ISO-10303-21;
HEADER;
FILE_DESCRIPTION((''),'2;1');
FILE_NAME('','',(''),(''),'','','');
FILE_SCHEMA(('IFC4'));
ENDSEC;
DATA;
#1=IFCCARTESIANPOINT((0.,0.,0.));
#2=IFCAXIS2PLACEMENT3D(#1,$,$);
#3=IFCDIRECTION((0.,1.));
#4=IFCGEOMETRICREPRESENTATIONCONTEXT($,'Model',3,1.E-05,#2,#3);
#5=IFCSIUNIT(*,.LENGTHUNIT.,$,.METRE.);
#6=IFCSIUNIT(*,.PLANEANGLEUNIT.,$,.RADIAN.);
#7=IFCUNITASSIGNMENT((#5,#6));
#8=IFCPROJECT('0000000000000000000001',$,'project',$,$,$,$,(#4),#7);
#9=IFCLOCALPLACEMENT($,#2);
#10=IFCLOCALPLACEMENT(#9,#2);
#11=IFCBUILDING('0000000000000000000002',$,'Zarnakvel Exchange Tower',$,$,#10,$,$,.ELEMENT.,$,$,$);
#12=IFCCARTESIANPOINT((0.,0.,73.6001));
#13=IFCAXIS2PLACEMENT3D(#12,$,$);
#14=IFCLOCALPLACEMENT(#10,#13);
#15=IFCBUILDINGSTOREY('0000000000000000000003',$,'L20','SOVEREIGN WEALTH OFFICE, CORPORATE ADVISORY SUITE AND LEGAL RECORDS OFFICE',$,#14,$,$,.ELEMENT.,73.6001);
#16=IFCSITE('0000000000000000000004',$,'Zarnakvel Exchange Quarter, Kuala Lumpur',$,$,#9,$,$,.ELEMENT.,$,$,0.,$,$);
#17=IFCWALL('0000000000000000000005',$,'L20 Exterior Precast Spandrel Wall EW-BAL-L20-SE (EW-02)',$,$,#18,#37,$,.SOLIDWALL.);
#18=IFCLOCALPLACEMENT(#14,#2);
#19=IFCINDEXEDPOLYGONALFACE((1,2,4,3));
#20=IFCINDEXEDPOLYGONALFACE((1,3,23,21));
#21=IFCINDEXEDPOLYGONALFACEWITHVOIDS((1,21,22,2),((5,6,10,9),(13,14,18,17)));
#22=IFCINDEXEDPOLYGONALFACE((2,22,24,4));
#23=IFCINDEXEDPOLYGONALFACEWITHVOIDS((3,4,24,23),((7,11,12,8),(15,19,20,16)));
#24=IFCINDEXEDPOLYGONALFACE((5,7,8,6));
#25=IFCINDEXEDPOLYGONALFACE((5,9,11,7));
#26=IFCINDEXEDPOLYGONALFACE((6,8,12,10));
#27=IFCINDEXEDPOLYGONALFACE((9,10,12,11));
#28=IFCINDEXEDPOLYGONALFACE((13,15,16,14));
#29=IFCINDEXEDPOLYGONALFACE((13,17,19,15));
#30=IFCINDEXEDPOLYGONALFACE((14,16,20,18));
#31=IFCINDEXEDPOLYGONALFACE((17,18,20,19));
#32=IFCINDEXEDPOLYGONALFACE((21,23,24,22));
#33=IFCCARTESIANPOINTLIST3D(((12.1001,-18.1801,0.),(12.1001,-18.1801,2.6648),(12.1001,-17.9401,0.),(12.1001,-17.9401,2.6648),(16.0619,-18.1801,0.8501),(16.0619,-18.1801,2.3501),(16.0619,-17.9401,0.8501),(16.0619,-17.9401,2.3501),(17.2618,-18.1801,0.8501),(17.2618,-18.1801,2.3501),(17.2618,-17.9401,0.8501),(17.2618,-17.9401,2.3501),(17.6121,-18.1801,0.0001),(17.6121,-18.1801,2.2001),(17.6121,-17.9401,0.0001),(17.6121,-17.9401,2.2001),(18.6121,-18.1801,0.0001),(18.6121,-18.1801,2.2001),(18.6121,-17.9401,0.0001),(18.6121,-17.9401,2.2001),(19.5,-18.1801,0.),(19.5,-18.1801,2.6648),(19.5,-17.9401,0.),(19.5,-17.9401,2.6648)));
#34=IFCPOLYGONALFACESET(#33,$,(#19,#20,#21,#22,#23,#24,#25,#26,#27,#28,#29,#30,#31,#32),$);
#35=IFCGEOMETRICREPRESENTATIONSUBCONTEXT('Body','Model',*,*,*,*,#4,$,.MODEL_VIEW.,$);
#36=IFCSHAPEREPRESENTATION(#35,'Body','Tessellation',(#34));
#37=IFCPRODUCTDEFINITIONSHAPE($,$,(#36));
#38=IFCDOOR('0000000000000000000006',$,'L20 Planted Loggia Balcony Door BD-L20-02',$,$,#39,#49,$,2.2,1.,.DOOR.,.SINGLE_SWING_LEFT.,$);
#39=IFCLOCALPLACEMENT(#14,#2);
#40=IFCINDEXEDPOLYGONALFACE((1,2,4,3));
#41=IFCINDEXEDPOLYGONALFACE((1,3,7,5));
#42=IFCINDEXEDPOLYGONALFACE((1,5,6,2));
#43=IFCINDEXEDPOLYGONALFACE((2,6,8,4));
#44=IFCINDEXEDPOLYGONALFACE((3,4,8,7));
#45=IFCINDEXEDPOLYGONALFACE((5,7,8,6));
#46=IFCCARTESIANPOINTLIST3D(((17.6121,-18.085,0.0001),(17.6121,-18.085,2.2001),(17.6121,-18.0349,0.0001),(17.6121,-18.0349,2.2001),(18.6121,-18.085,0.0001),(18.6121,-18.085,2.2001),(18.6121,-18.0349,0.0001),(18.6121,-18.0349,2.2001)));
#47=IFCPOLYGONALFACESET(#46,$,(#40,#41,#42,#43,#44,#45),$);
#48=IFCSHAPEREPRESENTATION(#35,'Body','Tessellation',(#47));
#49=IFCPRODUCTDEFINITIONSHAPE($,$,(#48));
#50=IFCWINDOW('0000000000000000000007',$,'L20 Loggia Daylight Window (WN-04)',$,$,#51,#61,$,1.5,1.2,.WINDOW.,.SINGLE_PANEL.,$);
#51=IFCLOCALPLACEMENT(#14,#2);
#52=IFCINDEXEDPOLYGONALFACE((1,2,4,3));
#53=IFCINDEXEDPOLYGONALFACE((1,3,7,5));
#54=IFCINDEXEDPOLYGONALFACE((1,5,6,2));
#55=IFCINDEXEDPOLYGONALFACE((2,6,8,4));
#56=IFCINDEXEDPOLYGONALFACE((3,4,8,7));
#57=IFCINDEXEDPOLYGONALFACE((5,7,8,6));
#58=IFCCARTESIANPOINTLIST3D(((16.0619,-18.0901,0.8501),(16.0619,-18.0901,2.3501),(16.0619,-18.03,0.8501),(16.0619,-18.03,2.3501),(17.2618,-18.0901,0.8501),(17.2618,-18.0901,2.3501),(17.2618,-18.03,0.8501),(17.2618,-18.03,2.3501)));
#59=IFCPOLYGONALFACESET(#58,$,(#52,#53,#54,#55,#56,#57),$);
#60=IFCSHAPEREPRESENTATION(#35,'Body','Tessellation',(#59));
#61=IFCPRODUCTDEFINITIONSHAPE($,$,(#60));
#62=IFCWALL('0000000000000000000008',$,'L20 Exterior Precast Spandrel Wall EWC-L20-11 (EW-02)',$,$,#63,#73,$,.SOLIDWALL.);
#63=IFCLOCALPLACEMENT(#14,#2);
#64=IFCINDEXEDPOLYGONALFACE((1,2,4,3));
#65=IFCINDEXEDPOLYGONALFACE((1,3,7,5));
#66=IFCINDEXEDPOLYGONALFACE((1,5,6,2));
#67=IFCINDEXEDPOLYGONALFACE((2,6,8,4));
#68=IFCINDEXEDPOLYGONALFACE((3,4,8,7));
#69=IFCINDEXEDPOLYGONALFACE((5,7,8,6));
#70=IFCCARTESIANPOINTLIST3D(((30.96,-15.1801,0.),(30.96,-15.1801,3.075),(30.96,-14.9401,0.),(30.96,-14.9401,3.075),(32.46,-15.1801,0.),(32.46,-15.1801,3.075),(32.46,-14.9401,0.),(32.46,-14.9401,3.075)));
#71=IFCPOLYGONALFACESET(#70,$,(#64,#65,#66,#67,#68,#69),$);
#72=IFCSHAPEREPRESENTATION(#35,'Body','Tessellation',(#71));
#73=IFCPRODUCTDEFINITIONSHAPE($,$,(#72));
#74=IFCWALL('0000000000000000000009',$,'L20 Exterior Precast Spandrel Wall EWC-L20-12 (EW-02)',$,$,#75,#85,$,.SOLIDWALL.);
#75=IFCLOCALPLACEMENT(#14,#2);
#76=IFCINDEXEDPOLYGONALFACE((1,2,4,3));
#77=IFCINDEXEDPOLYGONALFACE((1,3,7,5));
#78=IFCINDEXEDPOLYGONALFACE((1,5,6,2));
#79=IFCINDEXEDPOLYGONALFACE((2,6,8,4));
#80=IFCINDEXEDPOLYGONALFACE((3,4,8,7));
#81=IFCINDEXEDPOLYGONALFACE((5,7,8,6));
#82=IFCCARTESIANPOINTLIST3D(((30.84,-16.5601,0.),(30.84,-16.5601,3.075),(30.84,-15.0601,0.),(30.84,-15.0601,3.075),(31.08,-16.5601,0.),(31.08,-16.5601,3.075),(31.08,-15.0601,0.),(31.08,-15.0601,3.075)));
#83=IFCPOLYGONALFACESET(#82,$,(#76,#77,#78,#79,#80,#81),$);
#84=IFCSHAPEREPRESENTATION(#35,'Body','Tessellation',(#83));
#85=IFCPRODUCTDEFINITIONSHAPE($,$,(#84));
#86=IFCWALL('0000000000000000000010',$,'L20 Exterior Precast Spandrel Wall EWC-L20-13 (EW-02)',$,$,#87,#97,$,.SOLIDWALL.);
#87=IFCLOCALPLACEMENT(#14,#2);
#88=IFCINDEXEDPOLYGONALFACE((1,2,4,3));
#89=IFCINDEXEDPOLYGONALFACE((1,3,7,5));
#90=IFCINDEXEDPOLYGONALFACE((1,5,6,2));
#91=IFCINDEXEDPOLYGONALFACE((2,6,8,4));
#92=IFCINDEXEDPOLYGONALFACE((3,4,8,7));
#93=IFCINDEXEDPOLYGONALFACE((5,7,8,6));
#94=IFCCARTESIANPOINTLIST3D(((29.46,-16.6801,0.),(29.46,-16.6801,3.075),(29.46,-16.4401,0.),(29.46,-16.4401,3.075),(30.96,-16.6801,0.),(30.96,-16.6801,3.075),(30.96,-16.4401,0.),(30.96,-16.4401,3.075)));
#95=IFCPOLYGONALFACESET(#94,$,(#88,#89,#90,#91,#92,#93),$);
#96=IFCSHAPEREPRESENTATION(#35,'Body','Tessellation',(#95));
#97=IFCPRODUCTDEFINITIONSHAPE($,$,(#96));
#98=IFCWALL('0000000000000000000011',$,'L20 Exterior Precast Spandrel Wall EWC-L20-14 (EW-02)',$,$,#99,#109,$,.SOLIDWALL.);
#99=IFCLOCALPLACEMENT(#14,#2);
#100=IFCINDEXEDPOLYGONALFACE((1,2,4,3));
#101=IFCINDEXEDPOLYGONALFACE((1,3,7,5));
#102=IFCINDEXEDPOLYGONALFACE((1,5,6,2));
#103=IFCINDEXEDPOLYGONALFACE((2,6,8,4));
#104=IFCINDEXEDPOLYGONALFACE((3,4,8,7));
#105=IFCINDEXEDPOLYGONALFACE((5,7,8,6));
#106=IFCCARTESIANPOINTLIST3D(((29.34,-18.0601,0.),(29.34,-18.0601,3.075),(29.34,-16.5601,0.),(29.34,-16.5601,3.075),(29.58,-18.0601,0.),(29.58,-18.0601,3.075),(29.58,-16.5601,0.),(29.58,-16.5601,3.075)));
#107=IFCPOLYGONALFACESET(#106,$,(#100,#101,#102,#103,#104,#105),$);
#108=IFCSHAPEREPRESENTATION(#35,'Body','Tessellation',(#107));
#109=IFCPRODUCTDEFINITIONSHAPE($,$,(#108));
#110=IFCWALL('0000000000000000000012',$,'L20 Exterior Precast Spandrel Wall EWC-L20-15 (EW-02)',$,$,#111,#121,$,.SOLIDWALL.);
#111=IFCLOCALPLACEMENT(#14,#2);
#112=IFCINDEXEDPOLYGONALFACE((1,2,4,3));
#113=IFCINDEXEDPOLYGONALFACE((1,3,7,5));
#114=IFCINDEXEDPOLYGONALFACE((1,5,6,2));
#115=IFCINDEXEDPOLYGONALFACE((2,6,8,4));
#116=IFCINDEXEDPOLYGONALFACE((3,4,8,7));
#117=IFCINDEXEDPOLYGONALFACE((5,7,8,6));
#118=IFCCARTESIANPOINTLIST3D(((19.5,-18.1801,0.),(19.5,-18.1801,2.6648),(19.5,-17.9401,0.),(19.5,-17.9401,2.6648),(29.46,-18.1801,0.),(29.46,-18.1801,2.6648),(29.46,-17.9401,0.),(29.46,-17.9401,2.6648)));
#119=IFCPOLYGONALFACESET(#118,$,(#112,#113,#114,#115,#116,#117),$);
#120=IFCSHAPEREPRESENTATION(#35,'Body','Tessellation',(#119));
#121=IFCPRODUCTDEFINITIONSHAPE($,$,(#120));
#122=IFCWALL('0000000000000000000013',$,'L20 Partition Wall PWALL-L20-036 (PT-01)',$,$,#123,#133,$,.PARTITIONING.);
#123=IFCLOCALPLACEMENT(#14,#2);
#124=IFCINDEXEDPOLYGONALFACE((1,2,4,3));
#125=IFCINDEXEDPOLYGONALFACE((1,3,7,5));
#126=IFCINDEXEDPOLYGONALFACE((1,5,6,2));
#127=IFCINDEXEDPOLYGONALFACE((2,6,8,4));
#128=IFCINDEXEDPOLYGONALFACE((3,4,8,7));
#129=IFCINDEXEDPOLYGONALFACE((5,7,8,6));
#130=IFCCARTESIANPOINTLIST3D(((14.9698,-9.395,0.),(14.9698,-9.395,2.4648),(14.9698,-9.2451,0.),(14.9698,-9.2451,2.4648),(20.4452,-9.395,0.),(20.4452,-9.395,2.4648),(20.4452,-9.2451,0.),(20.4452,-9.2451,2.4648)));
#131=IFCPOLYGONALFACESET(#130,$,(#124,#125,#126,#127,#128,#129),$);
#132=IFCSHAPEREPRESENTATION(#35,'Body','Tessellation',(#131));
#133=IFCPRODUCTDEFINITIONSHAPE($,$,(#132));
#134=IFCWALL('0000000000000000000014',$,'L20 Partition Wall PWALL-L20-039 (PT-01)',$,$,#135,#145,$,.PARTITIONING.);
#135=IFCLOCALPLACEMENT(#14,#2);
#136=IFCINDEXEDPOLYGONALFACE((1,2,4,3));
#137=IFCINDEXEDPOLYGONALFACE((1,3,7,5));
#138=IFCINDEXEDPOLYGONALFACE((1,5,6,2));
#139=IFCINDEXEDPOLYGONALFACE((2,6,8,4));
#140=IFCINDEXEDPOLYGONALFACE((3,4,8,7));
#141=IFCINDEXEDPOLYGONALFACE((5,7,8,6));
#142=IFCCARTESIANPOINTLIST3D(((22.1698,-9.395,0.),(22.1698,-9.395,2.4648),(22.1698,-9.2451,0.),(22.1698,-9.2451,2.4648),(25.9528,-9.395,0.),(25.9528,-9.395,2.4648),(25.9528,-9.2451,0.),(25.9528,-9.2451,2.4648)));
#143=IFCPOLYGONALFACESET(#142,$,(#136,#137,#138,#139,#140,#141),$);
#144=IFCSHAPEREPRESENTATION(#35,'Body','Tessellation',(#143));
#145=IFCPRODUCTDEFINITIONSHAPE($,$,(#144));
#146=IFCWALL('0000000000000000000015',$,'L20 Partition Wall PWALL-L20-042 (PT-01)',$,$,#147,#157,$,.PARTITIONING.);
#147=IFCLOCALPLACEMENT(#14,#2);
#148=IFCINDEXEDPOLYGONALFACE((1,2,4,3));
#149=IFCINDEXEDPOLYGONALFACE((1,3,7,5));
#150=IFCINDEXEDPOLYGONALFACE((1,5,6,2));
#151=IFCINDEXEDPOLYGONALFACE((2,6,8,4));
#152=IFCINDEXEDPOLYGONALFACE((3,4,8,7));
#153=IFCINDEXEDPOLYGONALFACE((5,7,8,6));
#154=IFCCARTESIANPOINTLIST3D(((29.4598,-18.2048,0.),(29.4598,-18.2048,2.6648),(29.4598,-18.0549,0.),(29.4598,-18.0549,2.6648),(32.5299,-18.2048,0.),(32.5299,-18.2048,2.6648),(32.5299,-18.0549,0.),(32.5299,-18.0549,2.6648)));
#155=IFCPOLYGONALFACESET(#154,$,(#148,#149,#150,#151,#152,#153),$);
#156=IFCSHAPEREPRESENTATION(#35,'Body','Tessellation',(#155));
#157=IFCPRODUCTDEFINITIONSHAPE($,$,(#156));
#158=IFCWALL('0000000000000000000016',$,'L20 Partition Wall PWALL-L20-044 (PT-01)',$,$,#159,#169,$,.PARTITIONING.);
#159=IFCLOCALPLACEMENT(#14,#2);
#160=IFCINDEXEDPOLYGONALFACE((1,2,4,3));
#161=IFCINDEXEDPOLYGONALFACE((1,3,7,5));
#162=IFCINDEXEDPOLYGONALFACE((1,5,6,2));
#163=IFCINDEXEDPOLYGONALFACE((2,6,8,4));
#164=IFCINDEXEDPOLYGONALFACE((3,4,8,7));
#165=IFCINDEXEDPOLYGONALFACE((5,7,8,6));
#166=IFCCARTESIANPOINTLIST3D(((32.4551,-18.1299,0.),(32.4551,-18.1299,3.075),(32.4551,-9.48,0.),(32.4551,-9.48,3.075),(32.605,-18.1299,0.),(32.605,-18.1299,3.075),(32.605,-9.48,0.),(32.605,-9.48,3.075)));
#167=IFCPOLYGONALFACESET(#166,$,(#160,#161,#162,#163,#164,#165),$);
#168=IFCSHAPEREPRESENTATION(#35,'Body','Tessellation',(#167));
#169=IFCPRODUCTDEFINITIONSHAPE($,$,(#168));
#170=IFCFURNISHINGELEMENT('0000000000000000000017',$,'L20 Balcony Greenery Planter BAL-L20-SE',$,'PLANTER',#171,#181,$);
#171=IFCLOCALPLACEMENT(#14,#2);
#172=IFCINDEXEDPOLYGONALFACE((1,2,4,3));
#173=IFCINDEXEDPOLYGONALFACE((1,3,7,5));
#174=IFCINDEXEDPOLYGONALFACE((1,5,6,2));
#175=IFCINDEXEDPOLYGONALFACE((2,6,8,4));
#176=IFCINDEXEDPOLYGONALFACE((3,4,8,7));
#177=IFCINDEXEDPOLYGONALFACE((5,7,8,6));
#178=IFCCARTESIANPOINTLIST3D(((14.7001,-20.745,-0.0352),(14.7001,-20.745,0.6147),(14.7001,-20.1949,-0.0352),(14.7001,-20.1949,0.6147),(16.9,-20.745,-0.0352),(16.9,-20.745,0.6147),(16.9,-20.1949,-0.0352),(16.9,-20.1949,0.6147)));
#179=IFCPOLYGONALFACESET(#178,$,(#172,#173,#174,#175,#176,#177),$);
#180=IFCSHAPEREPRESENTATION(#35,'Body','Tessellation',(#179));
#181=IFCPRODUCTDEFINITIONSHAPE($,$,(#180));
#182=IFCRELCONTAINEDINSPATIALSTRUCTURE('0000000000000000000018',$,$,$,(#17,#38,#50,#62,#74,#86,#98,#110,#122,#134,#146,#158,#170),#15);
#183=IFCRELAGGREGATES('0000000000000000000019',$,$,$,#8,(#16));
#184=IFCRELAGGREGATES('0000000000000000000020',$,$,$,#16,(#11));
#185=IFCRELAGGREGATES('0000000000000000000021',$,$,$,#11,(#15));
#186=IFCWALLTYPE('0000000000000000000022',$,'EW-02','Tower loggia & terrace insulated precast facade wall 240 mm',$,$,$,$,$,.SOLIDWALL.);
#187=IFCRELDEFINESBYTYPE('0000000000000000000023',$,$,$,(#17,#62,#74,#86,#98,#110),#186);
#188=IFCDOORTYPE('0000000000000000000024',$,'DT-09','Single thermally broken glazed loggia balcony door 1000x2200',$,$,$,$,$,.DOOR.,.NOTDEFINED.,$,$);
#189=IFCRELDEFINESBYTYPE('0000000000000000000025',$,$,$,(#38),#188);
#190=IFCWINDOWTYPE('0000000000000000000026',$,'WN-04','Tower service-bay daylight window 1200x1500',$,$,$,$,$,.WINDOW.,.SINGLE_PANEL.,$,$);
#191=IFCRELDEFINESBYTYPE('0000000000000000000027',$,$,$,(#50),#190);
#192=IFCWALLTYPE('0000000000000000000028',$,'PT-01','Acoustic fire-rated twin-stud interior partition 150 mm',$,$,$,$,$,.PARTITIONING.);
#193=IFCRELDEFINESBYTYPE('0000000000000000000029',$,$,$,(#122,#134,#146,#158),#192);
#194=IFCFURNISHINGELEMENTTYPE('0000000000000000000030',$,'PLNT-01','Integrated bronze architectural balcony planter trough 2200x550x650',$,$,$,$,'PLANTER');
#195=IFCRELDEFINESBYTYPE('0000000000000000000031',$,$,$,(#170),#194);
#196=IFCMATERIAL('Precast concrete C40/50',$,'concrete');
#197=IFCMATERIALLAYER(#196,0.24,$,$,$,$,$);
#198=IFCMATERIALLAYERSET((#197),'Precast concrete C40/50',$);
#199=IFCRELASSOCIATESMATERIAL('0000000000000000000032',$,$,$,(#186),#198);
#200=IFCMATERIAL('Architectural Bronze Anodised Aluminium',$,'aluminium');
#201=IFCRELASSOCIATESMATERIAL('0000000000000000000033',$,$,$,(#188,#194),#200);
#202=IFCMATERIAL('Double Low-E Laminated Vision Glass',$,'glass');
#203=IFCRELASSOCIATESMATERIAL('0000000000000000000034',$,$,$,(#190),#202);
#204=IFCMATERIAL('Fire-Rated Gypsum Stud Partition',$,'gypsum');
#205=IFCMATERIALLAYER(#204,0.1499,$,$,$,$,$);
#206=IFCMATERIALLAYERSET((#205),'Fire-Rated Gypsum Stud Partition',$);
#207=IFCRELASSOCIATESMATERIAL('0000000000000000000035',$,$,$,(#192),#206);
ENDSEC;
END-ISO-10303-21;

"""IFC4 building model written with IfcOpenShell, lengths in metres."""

from ifc_helpers import new_model, si_unit, direction, frame, frame_2d, origin, origin_2d, place, context, subcontext, project, spatial, rectangle, extrude, source, transform, mapped, material, layer, layer_set, type_object, element, fill, save


model = new_model("IFC4")

# Units and contexts
model_context = context("Model", 3, precision=1e-05, world=origin(), true_north=direction((0.0, 1.0)))
body_context = subcontext(model_context, "Body", "Model", "MODEL_VIEW")
ifc_project = project(units=[si_unit("LENGTHUNIT", "METRE"), si_unit("PLANEANGLEUNIT", "RADIAN")], contexts=[model_context])

# Site, building, storey
site_placement = place(None, origin())
site = spatial("IfcSite", under=ifc_project, at=site_placement, Name="Zarnakvel Exchange Quarter, Kuala Lumpur", CompositionType="ELEMENT", RefElevation=0.0)
building_placement = place(site_placement, origin())
building = spatial("IfcBuilding", under=site, at=building_placement, Name="Zarnakvel Exchange Tower", CompositionType="ELEMENT")
storey_placement = place(building_placement, frame((0.0, 0.0, 73.6001)))
storey = spatial("IfcBuildingStorey", under=building, at=storey_placement, Name="L20", Description="SOVEREIGN WEALTH OFFICE, CORPORATE ADVISORY SUITE AND LEGAL RECORDS OFFICE", CompositionType="ELEMENT", Elevation=73.6001)

# Shared definitions
ifc_material_1 = material(Name="Architectural Bronze Anodised Aluminium", Category="aluminium")
ifc_material_2 = material(Name="Double Low-E Laminated Vision Glass", Category="glass")

# Wall, openings, door, window
ifc_material_3 = material(Name="Precast concrete C40/50", Category="concrete")
ifc_layer_1 = layer(ifc_material_3, 0.24)
ifc_layer_set_1 = layer_set([ifc_layer_1], Name="Precast concrete C40/50")
wall_type_1 = type_object("IfcWallType", Name="EW-02", Description="Tower loggia & terrace insulated precast facade wall 240 mm", PredefinedType="SOLIDWALL", material=ifc_layer_set_1)
wall_1_placement = place(storey_placement, frame((19.5, -18.0601, 0.0), z_axis=(0.0, 0.0, 1.0), x_axis=(-1.0, 0.0, 0.0)))
wall_1 = element("IfcWall", 1, at=wall_1_placement, inside=storey, type_object=wall_type_1, Name="L20 Exterior Precast Spandrel Wall EW-BAL-L20-SE (EW-02)", PredefinedType="SOLIDWALL", context=body_context, shape_type="SweptSolid", body=[
    extrude(rectangle(XDim=7.3999, YDim=0.24, at=frame_2d((3.7, 0.0))), origin(), (0.0, 0.0, 1.0), 2.6648),
])
opening_1_placement = place(wall_1_placement, frame((0.8879, 0.0, 0.0)))
opening_1 = element("IfcOpeningElement", 2, at=opening_1_placement, cuts=wall_1, PredefinedType="OPENING", context=body_context, shape_type="SweptSolid", body=[
    extrude(rectangle(XDim=1.0, YDim=2.2, at=frame_2d((0.5, 1.1001))), frame((0.0, 0.1299, 0.0), z_axis=(0.0, -1.0, 0.0), x_axis=(1.0, 0.0, 0.0)), (0.0, 0.0, 1.0), 0.26),
])
opening_2_placement = place(wall_1_placement, frame((2.238, 0.0, 0.8501)))
opening_2 = element("IfcOpeningElement", 3, at=opening_2_placement, cuts=wall_1, PredefinedType="OPENING", context=body_context, shape_type="SweptSolid", body=[
    extrude(rectangle(XDim=1.2, YDim=1.5, at=frame_2d((0.6001, 0.75))), frame((0.0, 0.1299, 0.0), z_axis=(0.0, -1.0, 0.0), x_axis=(1.0, 0.0, 0.0)), (0.0, 0.0, 1.0), 0.26),
])
door_type = type_object("IfcDoorType", Name="DT-09", Description="Single thermally broken glazed loggia balcony door 1000x2200", OperationType="NOTDEFINED", PredefinedType="DOOR", material=ifc_material_1)
shared_shape_1 = source(origin(), body_context, "Body", "SweptSolid", [
    extrude(rectangle(XDim=1.0, YDim=2.2, at=frame_2d((0.5, 1.1001))), frame((0.0, 0.0249, 0.0), z_axis=(0.0, -1.0, 0.0), x_axis=(1.0, 0.0, 0.0)), (0.0, 0.0, 1.0), 0.05),
])
door_placement = place(opening_1_placement, origin())
door = element("IfcDoor", 4, at=door_placement, inside=storey, type_object=door_type, Name="L20 Planted Loggia Balcony Door BD-L20-02", OperationType="SINGLE_SWING_LEFT", OverallHeight=2.2, OverallWidth=1.0, PredefinedType="DOOR", context=body_context, shape_type="MappedRepresentation", body=[
    mapped(shared_shape_1, transform((0.0, 0.0, 0.0), x_axis=(1.0, 0.0, 0.0), y_axis=(0.0, 1.0, 0.0), z_axis=(0.0, 0.0, 1.0), scale=1.0)),
])
fill(opening_1, door)
window_type = type_object("IfcWindowType", Name="WN-04", Description="Tower service-bay daylight window 1200x1500", PartitioningType="SINGLE_PANEL", PredefinedType="WINDOW", material=ifc_material_2)
shared_shape_2 = source(origin(), body_context, "Body", "SweptSolid", [
    extrude(rectangle(XDim=1.2, YDim=1.5, at=frame_2d((0.6001, 0.75))), frame((0.0, 0.03, 0.0), z_axis=(0.0, -1.0, 0.0), x_axis=(1.0, 0.0, 0.0)), (0.0, 0.0, 1.0), 0.0601),
])
window_placement = place(opening_2_placement, origin())
window = element("IfcWindow", 5, at=window_placement, inside=storey, type_object=window_type, Name="L20 Loggia Daylight Window (WN-04)", OverallHeight=1.5, OverallWidth=1.2, PartitioningType="SINGLE_PANEL", PredefinedType="WINDOW", context=body_context, shape_type="MappedRepresentation", body=[
    mapped(shared_shape_2, transform((0.0, 0.0, 0.0), x_axis=(1.0, 0.0, 0.0), y_axis=(0.0, 1.0, 0.0), z_axis=(0.0, 0.0, 1.0), scale=1.0)),
])
fill(opening_2, window)

# Walls
for number, where, z_axis, x_axis, name in (
    (6, (30.96, -15.0601, 0.0), (0.0, 0.0, 1.0), (1.0, 0.0, 0.0), "L20 Exterior Precast Spandrel Wall EWC-L20-11 (EW-02)"),
    (7, (30.96, -16.5601, 0.0), (0.0, 0.0, 1.0), (0.0, 1.0, 0.0), "L20 Exterior Precast Spandrel Wall EWC-L20-12 (EW-02)"),
    (8, (29.46, -16.5601, 0.0), (0.0, 0.0, 1.0), (1.0, 0.0, 0.0), "L20 Exterior Precast Spandrel Wall EWC-L20-13 (EW-02)"),
    (9, (29.46, -18.0601, 0.0), (0.0, 0.0, 1.0), (0.0, 1.0, 0.0), "L20 Exterior Precast Spandrel Wall EWC-L20-14 (EW-02)"),
):
    element("IfcWall", number, at=place(storey_placement, frame(where, z_axis=z_axis, x_axis=x_axis)), inside=storey, type_object=wall_type_1, Name=name, PredefinedType="SOLIDWALL", context=body_context, shape_type="SweptSolid", body=[
        extrude(rectangle(XDim=1.5, YDim=0.24, at=frame_2d((0.75, 0.0))), origin(), (0.0, 0.0, 1.0), 3.075),
    ])
wall_2_placement = place(storey_placement, frame((19.5, -18.0601, 0.0), z_axis=(0.0, 0.0, 1.0), x_axis=(1.0, 0.0, 0.0)))
element("IfcWall", 10, at=wall_2_placement, inside=storey, type_object=wall_type_1, Name="L20 Exterior Precast Spandrel Wall EWC-L20-15 (EW-02)", PredefinedType="SOLIDWALL", context=body_context, shape_type="SweptSolid", body=[
    extrude(rectangle(XDim=9.96, YDim=0.24, at=frame_2d((4.98, 0.0))), origin(), (0.0, 0.0, 1.0), 2.6648),
])
ifc_material_4 = material(Name="Fire-Rated Gypsum Stud Partition", Category="gypsum")
ifc_layer_2 = layer(ifc_material_4, 0.1499)
ifc_layer_set_2 = layer_set([ifc_layer_2], Name="Fire-Rated Gypsum Stud Partition")
wall_type_2 = type_object("IfcWallType", Name="PT-01", Description="Acoustic fire-rated twin-stud interior partition 150 mm", PredefinedType="PARTITIONING", material=ifc_layer_set_2)
wall_3_placement = place(storey_placement, frame((20.4453, -9.3201, 0.0), z_axis=(0.0, 0.0, 1.0), x_axis=(-1.0, 0.0, 0.0)))
element("IfcWall", 11, at=wall_3_placement, inside=storey, type_object=wall_type_2, Name="L20 Partition Wall PWALL-L20-036 (PT-01)", PredefinedType="PARTITIONING", context=body_context, shape_type="SweptSolid", body=[
    extrude(rectangle(XDim=5.4753, YDim=0.1499, at=frame_2d((2.7378, 0.0))), origin(), (0.0, 0.0, 1.0), 2.4648),
])
wall_4_placement = place(storey_placement, frame((25.9529, -9.3201, 0.0), z_axis=(0.0, 0.0, 1.0), x_axis=(-1.0, 0.0, 0.0)))
element("IfcWall", 12, at=wall_4_placement, inside=storey, type_object=wall_type_2, Name="L20 Partition Wall PWALL-L20-039 (PT-01)", PredefinedType="PARTITIONING", context=body_context, shape_type="SweptSolid", body=[
    extrude(rectangle(XDim=3.783, YDim=0.1499, at=frame_2d((1.8916, 0.0))), origin(), (0.0, 0.0, 1.0), 2.4648),
])
wall_5_placement = place(storey_placement, frame((32.53, -18.1299, 0.0), z_axis=(0.0, 0.0, 1.0), x_axis=(-1.0, 0.0, 0.0)))
element("IfcWall", 13, at=wall_5_placement, inside=storey, type_object=wall_type_2, Name="L20 Partition Wall PWALL-L20-042 (PT-01)", PredefinedType="PARTITIONING", context=body_context, shape_type="SweptSolid", body=[
    extrude(rectangle(XDim=3.0701, YDim=0.1499, at=frame_2d((1.5352, 0.0))), origin(), (0.0, 0.0, 1.0), 2.6648),
])
wall_6_placement = place(storey_placement, frame((32.53, -9.48, 0.0), z_axis=(0.0, 0.0, 1.0), x_axis=(0.0, -1.0, 0.0)))
element("IfcWall", 14, at=wall_6_placement, inside=storey, type_object=wall_type_2, Name="L20 Partition Wall PWALL-L20-044 (PT-01)", PredefinedType="PARTITIONING", context=body_context, shape_type="SweptSolid", body=[
    extrude(rectangle(XDim=8.6499, YDim=0.1499, at=frame_2d((4.325, 0.0))), origin(), (0.0, 0.0, 1.0), 3.075),
])

# Furnishing element
furnishing_element_type = type_object("IfcFurnishingElementType", Name="PLNT-01", Description="Integrated bronze architectural balcony planter trough 2200x550x650", ElementType="PLANTER", material=ifc_material_1)
shared_shape_3 = source(origin(), body_context, "Body", "SweptSolid", [
    extrude(rectangle(XDim=2.2, YDim=0.55, at=origin_2d()), origin(), (0.0, 0.0, 1.0), 0.6499),
])
furnishing_placement = place(storey_placement, frame((15.8, -20.47, -0.0352), z_axis=(0.0, 0.0, 1.0), x_axis=(1.0, 0.0, 0.0)))
element("IfcFurnishingElement", 15, at=furnishing_placement, inside=storey, type_object=furnishing_element_type, Name="L20 Balcony Greenery Planter BAL-L20-SE", ObjectType="PLANTER", context=body_context, shape_type="MappedRepresentation", body=[
    mapped(shared_shape_3, transform((0.0, 0.0, 0.0), x_axis=(1.0, 0.0, 0.0), y_axis=(0.0, 1.0, 0.0), z_axis=(0.0, 0.0, 1.0), scale=1.0)),
])

save(model, "model.ifc")
